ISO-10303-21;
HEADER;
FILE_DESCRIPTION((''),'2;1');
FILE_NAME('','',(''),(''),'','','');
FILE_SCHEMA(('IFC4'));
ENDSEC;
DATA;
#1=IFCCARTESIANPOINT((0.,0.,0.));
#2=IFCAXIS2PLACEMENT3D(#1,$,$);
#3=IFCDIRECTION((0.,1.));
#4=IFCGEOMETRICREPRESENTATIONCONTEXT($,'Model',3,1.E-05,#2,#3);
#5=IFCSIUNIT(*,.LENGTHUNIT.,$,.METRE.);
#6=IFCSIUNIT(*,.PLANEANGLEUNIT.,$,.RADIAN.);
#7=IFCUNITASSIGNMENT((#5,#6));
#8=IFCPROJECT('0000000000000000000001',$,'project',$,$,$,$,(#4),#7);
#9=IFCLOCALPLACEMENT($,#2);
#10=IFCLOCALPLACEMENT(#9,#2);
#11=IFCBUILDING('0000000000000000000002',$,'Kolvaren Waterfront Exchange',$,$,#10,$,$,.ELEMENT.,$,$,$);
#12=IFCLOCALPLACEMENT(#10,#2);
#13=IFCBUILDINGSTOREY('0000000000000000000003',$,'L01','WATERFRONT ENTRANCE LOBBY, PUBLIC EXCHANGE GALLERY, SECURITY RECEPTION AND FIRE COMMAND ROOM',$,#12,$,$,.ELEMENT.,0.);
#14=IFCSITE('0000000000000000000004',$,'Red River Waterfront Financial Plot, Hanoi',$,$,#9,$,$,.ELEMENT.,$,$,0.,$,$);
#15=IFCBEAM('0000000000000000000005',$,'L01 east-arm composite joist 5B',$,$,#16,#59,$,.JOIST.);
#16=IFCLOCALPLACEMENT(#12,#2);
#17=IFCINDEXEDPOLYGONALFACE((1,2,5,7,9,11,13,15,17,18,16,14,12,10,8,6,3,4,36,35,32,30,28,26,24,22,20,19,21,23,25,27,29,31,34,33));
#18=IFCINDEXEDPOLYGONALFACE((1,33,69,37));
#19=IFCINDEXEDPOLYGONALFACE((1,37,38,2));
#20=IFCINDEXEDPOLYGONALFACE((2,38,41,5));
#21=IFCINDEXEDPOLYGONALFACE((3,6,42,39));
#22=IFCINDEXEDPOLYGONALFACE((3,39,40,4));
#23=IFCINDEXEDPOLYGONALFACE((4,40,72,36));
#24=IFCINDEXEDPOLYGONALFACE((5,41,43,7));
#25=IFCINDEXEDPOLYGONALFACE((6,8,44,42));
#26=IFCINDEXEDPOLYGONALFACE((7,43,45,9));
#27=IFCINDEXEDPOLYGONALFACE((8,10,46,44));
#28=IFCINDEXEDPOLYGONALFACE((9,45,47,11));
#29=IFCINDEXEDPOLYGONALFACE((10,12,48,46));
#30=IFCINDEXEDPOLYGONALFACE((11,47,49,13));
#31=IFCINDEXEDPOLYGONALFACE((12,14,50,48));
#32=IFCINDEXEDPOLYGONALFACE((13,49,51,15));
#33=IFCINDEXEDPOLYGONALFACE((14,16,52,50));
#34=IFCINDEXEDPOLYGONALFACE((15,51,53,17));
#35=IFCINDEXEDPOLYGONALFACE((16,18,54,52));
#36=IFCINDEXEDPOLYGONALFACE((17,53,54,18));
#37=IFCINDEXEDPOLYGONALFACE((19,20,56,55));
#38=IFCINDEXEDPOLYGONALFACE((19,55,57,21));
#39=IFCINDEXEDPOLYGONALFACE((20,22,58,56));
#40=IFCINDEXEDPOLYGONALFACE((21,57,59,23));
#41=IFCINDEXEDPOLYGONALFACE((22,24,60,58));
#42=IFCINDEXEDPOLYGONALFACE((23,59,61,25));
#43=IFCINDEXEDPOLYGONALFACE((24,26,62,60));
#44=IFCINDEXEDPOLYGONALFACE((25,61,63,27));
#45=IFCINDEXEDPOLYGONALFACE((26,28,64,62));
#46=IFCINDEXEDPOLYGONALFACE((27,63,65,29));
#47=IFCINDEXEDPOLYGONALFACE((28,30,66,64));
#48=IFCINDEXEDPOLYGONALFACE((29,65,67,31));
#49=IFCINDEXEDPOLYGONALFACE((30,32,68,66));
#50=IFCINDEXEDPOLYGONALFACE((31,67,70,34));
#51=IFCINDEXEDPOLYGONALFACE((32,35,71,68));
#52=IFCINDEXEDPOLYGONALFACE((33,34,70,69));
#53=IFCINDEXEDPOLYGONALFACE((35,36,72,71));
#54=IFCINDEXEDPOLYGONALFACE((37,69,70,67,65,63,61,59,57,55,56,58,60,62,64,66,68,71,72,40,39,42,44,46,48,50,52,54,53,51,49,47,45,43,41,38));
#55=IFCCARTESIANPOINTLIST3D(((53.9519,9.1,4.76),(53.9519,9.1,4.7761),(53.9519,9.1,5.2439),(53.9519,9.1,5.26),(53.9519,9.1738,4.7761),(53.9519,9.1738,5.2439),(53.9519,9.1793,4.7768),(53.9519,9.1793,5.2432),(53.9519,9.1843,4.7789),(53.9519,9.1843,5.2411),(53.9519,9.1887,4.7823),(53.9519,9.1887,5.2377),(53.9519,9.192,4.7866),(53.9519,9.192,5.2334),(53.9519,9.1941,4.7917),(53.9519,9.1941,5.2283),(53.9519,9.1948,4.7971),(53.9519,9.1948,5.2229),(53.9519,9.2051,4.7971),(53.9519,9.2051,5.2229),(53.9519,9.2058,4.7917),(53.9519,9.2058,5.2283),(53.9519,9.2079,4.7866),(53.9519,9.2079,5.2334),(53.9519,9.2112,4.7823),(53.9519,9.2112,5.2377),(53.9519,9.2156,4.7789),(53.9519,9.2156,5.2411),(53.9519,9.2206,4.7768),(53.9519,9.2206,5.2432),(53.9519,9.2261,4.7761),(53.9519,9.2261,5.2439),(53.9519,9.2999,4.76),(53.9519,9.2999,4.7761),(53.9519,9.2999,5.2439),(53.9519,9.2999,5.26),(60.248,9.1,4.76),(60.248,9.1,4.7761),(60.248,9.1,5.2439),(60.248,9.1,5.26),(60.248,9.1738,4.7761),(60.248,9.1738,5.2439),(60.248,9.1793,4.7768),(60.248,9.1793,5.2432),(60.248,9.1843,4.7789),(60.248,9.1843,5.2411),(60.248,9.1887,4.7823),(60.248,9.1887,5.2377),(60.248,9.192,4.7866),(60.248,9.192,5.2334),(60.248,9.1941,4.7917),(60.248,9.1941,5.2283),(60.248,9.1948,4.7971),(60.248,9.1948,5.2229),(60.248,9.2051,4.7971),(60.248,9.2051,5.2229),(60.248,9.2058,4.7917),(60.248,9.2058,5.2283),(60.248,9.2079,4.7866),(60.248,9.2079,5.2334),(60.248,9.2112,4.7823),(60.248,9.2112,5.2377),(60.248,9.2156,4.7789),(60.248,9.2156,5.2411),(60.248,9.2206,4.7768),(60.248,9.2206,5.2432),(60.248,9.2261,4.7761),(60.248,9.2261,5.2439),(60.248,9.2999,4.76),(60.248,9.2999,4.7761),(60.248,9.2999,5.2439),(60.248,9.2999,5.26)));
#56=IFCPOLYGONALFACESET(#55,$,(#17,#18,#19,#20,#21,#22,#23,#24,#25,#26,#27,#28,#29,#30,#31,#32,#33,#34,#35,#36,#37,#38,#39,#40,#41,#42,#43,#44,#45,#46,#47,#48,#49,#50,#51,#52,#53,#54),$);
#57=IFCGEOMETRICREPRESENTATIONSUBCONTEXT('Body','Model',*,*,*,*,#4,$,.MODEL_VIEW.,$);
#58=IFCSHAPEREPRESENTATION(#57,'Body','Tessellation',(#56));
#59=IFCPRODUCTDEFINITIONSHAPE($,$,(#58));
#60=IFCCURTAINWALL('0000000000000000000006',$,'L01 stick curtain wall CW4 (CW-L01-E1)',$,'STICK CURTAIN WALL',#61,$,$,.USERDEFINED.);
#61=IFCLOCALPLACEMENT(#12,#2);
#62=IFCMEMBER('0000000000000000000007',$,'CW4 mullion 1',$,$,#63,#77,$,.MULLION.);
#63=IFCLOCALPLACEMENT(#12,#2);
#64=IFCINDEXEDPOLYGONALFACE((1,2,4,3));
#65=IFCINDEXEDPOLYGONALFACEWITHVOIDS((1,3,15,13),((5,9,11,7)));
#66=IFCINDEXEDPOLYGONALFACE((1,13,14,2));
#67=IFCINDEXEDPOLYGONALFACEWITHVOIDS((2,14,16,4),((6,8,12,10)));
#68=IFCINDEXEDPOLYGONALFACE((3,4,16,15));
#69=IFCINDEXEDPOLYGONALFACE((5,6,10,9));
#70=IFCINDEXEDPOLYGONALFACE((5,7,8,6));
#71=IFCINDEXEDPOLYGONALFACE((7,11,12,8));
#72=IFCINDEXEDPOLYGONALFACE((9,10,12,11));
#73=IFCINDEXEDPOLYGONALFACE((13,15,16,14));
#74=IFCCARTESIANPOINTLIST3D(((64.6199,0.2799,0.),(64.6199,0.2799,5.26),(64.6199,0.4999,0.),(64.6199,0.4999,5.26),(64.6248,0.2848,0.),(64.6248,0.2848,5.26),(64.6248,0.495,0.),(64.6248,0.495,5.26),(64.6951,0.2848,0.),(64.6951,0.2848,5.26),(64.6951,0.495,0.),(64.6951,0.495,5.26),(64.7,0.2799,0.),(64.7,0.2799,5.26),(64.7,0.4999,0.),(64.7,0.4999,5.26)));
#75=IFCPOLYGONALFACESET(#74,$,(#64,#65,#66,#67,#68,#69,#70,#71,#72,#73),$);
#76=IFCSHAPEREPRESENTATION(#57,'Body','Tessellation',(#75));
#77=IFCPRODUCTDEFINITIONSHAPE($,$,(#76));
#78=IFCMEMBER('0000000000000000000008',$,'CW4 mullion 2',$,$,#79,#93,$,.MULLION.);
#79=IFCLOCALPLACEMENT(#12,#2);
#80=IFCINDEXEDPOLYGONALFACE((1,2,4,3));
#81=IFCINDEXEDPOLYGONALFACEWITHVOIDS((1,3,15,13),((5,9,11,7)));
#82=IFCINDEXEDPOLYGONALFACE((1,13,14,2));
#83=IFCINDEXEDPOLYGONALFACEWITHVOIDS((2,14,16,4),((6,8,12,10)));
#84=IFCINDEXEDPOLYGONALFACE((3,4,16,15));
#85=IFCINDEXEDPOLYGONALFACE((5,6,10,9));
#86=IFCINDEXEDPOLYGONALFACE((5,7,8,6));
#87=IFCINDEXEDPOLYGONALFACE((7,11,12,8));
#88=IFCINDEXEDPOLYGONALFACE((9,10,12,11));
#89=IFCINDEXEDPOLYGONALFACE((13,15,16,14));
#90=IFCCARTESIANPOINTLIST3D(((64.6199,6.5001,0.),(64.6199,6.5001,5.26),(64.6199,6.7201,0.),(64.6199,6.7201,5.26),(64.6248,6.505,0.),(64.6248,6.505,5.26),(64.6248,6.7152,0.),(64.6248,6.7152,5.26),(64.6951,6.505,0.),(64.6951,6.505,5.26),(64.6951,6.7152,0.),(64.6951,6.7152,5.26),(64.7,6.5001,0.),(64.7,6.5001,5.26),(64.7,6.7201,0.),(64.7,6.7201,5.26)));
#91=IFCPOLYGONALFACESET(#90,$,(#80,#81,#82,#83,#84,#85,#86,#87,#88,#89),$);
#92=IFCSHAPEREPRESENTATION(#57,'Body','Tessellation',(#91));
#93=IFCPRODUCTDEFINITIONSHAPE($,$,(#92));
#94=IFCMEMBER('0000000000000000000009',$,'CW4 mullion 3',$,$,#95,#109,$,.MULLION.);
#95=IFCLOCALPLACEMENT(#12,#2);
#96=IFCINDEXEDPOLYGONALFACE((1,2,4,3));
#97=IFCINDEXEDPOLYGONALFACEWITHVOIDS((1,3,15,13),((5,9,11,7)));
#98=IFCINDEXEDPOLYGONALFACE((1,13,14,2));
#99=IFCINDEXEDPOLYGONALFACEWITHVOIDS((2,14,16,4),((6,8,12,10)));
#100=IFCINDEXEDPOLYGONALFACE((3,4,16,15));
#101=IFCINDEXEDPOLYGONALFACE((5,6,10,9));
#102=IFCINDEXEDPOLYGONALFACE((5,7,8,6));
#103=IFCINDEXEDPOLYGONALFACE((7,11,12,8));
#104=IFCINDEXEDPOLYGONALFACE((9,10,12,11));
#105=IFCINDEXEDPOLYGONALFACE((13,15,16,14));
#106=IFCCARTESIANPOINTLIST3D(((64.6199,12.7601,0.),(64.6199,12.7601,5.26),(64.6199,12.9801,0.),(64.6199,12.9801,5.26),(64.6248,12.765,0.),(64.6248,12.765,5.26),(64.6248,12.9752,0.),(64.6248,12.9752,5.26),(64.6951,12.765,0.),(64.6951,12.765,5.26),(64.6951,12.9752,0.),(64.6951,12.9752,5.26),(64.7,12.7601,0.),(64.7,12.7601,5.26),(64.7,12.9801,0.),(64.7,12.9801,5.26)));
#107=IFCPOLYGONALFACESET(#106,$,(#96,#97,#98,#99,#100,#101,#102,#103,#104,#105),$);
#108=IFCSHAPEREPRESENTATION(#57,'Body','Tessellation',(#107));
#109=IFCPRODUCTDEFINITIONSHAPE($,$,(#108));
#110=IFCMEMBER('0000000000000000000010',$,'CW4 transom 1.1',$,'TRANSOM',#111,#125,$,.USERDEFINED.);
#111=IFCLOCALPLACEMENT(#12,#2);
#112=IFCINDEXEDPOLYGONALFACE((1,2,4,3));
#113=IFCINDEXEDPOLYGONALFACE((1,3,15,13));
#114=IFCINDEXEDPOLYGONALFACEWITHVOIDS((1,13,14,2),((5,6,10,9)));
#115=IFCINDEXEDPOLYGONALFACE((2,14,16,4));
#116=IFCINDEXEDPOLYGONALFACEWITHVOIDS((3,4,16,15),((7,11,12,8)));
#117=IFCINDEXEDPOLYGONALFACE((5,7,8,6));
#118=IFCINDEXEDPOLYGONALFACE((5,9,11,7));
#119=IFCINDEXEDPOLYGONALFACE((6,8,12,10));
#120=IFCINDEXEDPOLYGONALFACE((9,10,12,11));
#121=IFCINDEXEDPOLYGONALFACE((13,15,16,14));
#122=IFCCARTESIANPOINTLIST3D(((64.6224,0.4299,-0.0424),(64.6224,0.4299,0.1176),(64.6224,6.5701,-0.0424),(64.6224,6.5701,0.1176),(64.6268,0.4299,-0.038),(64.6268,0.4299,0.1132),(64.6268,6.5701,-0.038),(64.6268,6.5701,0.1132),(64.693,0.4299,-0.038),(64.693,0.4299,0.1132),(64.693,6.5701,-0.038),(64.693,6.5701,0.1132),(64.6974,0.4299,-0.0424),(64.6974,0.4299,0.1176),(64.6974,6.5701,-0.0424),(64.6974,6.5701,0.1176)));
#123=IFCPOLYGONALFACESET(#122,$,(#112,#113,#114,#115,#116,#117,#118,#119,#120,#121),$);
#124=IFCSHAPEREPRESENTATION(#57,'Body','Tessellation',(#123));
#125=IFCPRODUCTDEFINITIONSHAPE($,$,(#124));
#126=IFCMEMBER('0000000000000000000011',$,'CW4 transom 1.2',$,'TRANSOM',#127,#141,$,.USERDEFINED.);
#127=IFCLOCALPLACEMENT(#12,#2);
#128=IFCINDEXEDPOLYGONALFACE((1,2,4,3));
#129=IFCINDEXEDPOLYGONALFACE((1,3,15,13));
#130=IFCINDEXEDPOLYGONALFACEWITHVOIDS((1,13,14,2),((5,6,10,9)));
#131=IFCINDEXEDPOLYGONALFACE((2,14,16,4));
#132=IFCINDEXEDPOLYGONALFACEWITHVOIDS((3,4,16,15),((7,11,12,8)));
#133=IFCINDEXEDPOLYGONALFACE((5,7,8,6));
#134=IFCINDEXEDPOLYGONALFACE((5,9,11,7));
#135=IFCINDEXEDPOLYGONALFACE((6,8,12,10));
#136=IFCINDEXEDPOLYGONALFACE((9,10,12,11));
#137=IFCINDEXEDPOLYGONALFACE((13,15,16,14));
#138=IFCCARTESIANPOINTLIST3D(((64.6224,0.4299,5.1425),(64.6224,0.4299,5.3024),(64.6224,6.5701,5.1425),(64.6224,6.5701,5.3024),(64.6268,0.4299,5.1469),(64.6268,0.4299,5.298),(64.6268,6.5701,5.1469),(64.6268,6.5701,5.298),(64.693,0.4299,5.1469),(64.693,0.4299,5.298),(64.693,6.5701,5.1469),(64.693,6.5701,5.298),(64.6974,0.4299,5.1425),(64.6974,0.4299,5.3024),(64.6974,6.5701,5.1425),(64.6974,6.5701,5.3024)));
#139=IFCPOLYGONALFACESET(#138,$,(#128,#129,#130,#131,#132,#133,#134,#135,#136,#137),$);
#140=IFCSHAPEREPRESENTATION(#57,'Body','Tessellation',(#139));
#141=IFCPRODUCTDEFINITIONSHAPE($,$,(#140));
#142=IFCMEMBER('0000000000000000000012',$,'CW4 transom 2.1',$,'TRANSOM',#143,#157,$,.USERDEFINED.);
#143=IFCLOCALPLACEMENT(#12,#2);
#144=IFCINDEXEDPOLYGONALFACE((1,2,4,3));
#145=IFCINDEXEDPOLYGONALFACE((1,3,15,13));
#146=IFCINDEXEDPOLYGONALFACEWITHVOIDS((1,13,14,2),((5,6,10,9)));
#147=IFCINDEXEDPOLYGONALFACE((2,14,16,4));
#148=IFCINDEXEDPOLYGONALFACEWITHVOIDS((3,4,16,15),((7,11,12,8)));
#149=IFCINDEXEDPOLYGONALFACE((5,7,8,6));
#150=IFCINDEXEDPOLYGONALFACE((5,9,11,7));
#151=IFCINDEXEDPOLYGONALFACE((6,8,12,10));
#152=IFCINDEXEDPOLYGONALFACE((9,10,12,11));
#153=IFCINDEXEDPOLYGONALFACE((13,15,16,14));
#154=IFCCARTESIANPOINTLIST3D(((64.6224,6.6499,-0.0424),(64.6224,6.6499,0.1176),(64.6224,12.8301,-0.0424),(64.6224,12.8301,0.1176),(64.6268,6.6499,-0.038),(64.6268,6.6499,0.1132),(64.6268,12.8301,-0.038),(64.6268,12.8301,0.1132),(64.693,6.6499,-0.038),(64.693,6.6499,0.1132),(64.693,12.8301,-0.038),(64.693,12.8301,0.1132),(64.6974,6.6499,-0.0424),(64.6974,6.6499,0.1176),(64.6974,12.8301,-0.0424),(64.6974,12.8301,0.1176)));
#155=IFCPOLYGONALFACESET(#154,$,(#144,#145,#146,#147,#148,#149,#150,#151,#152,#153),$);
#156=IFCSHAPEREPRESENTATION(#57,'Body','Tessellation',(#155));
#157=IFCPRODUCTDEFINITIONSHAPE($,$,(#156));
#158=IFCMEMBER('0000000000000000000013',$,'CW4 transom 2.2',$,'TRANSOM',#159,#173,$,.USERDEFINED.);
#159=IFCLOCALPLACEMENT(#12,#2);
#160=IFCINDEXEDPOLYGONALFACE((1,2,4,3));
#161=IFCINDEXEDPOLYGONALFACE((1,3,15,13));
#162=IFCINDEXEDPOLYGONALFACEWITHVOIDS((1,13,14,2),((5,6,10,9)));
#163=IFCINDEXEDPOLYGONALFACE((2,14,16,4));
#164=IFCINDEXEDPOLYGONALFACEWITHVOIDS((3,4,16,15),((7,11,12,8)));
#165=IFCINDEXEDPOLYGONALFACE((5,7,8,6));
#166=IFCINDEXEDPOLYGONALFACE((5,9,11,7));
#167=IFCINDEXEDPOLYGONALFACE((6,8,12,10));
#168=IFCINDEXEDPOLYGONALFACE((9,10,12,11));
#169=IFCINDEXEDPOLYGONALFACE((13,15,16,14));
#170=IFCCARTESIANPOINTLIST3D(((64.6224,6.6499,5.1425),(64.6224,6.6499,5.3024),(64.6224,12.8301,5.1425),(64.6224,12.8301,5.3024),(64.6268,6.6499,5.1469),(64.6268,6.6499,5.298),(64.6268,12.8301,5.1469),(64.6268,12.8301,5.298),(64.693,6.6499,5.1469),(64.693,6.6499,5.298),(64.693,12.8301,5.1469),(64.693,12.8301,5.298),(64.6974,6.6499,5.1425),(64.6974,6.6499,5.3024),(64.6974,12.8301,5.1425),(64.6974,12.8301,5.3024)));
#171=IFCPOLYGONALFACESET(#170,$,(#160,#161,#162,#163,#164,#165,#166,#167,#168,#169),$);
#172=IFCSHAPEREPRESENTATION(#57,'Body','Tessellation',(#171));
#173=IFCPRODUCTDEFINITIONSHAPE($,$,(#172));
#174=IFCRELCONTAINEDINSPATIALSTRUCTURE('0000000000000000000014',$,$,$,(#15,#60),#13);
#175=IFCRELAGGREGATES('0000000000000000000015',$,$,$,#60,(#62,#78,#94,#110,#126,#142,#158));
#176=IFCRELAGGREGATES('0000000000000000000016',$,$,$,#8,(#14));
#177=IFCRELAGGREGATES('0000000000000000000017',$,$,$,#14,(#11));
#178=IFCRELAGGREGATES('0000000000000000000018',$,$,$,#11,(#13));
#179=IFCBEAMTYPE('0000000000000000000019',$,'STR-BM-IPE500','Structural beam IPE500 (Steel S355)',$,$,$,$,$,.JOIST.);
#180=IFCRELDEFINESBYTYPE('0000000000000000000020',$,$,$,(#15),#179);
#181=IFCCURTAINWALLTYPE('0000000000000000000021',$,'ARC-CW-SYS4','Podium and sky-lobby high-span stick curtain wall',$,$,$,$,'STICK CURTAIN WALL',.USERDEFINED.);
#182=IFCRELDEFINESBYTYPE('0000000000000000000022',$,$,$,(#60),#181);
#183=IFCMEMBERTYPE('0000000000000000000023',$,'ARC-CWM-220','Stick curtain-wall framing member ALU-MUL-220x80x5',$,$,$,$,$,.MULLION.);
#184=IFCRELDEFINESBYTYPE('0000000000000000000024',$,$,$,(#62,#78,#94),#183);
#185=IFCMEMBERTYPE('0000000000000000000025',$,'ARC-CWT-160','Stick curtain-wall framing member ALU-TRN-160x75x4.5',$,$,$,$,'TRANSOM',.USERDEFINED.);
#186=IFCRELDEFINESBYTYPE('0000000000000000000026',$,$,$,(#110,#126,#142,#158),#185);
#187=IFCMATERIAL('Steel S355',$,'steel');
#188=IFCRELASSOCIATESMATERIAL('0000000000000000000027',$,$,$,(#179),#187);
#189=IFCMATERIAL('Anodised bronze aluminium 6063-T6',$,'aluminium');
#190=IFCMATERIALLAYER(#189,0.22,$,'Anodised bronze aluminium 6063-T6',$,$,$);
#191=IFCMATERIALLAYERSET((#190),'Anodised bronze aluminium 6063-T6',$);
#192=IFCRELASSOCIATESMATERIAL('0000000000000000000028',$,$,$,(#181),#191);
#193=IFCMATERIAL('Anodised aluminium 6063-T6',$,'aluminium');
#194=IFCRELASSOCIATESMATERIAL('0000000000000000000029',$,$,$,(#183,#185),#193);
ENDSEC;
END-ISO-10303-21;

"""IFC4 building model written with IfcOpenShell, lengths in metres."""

from ifc_helpers import new_model, si_unit, direction, frame, origin, origin_with_axes, origin_2d, place, context, subcontext, project, spatial, hollow_rectangle, i_section, extrude, source, transform, mapped, material, layer, layer_set, material_profile, profile_set, type_object, element, aggregate, save


model = new_model("IFC4")

# Units and contexts
model_context = context("Model", 3, precision=1e-05, world=origin(), true_north=direction((0.0, 1.0)))
body_context = subcontext(model_context, "Body", "Model", "MODEL_VIEW")
ifc_project = project(units=[si_unit("LENGTHUNIT", "METRE"), si_unit("PLANEANGLEUNIT", "RADIAN")], contexts=[model_context])

# Site, building, storey
site_placement = place(None, origin())
site = spatial("IfcSite", under=ifc_project, at=site_placement, Name="Red River Waterfront Financial Plot, Hanoi", CompositionType="ELEMENT", RefElevation=0.0)
building_placement = place(site_placement, origin())
building = spatial("IfcBuilding", under=site, at=building_placement, Name="Kolvaren Waterfront Exchange", CompositionType="ELEMENT")
storey_placement = place(building_placement, origin())
storey = spatial("IfcBuildingStorey", under=building, at=storey_placement, Name="L01", Description="WATERFRONT ENTRANCE LOBBY, PUBLIC EXCHANGE GALLERY, SECURITY RECEPTION AND FIRE COMMAND ROOM", CompositionType="ELEMENT", Elevation=0.0)

# Beam
ifc_material_1 = material(Name="Steel S355", Category="steel")
ifc_material_profile_1 = material_profile(ifc_material_1, i_section(OverallWidth=0.2, OverallDepth=0.5, WebThickness=0.0103, FlangeThickness=0.0161, FilletRadius=0.021, at=origin_2d()), Name="IPE500")
ifc_profile_set_1 = profile_set([ifc_material_profile_1], Name="Steel S355")
beam_type_1 = type_object("IfcBeamType", Name="STR-BM-IPE500", Description="Structural beam IPE500 (Steel S355)", PredefinedType="JOIST", material=ifc_profile_set_1)
for number, where, z_axis, x_axis, name in (
    (1, (53.9519, 9.2, 5.01), (1.0, 0.0, 0.0), (0.0, 1.0, 0.0), "L01 east-arm composite joist 5B"),
):
    element("IfcBeam", number, at=place(storey_placement, frame(where, z_axis=z_axis, x_axis=x_axis)), inside=storey, type_object=beam_type_1, Name=name, PredefinedType="JOIST", context=body_context, shape_type="SweptSolid", body=[
        extrude(i_section(OverallWidth=0.2, OverallDepth=0.5, WebThickness=0.0103, FlangeThickness=0.0161, FilletRadius=0.021, at=origin_2d()), origin(), (0.0, 0.0, 1.0), 6.2961),
    ])

# Curtain wall, members
ifc_material_2 = material(Name="Anodised bronze aluminium 6063-T6", Category="aluminium")
ifc_layer_1 = layer(ifc_material_2, 0.22, Name="Anodised bronze aluminium 6063-T6")
ifc_layer_set_1 = layer_set([ifc_layer_1], Name="Anodised bronze aluminium 6063-T6")
curtain_wall_type = type_object("IfcCurtainWallType", Name="ARC-CW-SYS4", Description="Podium and sky-lobby high-span stick curtain wall", ElementType="STICK CURTAIN WALL", PredefinedType="USERDEFINED", material=ifc_layer_set_1)
curtain_wall_placement = place(storey_placement, origin())
curtain_wall = element("IfcCurtainWall", 2, at=curtain_wall_placement, inside=storey, type_object=curtain_wall_type, Name="L01 stick curtain wall CW4 (CW-L01-E1)", ObjectType="STICK CURTAIN WALL", PredefinedType="USERDEFINED")
ifc_material_3 = material(Name="Anodised aluminium 6063-T6", Category="aluminium")
ifc_material_profile_2 = material_profile(ifc_material_3, hollow_rectangle(XDim=0.0801, YDim=0.22, WallThickness=0.0049, at=origin_2d()), Name="ALU-MUL-220x80x5")
ifc_profile_set_2 = profile_set([ifc_material_profile_2], Name="Anodised aluminium 6063-T6")
member_type_1 = type_object("IfcMemberType", Name="ARC-CWM-220", Description="Stick curtain-wall framing member ALU-MUL-220x80x5", PredefinedType="MULLION", material=ifc_profile_set_2)
shared_shape_1 = source(origin_with_axes(), body_context, "Body", "SweptSolid", [
    extrude(hollow_rectangle(XDim=0.0801, YDim=0.22, WallThickness=0.0049, at=origin_2d()), origin(), (0.0, 0.0, 1.0), 5.26),
])
member_1_placement = place(storey_placement, frame((64.6599, 0.3899, 0.0), z_axis=(0.0, 0.0, 1.0), x_axis=(-1.0, 0.0, 0.0)))
member_1 = element("IfcMember", 3, at=member_1_placement, type_object=member_type_1, Name="CW4 mullion 1", PredefinedType="MULLION", context=body_context, shape_type="MappedRepresentation", body=[
    mapped(shared_shape_1, transform((0.0, 0.0, 0.0), x_axis=(1.0, 0.0, 0.0), y_axis=(0.0, 1.0, 0.0), z_axis=(0.0, 0.0, 1.0), scale=1.0)),
])
member_2_placement = place(storey_placement, frame((64.6599, 6.6101, 0.0), z_axis=(0.0, 0.0, 1.0), x_axis=(-1.0, 0.0, 0.0)))
member_2 = element("IfcMember", 4, at=member_2_placement, type_object=member_type_1, Name="CW4 mullion 2", PredefinedType="MULLION", context=body_context, shape_type="MappedRepresentation", body=[
    mapped(shared_shape_1, transform((0.0, 0.0, 0.0), x_axis=(1.0, 0.0, 0.0), y_axis=(0.0, 1.0, 0.0), z_axis=(0.0, 0.0, 1.0), scale=1.0)),
])
member_3_placement = place(storey_placement, frame((64.6599, 12.8701, 0.0), z_axis=(0.0, 0.0, 1.0), x_axis=(-1.0, 0.0, 0.0)))
member_3 = element("IfcMember", 5, at=member_3_placement, type_object=member_type_1, Name="CW4 mullion 3", PredefinedType="MULLION", context=body_context, shape_type="MappedRepresentation", body=[
    mapped(shared_shape_1, transform((0.0, 0.0, 0.0), x_axis=(1.0, 0.0, 0.0), y_axis=(0.0, 1.0, 0.0), z_axis=(0.0, 0.0, 1.0), scale=1.0)),
])
ifc_material_profile_3 = material_profile(ifc_material_3, hollow_rectangle(XDim=0.075, YDim=0.1599, WallThickness=0.0044, at=origin_2d()), Name="ALU-TRN-160x75x4.5")
ifc_profile_set_3 = profile_set([ifc_material_profile_3], Name="Anodised aluminium 6063-T6")
member_type_2 = type_object("IfcMemberType", Name="ARC-CWT-160", Description="Stick curtain-wall framing member ALU-TRN-160x75x4.5", ElementType="TRANSOM", PredefinedType="USERDEFINED", material=ifc_profile_set_3)
shared_shape_2 = source(origin_with_axes(), body_context, "Body", "SweptSolid", [
    extrude(hollow_rectangle(XDim=0.075, YDim=0.1599, WallThickness=0.0044, at=origin_2d()), origin(), (0.0, 0.0, 1.0), 6.1401),
])
member_4_placement = place(storey_placement, frame((64.6599, 0.4299, 0.0376), z_axis=(0.0, 1.0, 0.0), x_axis=(-1.0, 0.0, 0.0)))
member_4 = element("IfcMember", 6, at=member_4_placement, type_object=member_type_2, Name="CW4 transom 1.1", ObjectType="TRANSOM", PredefinedType="USERDEFINED", context=body_context, shape_type="MappedRepresentation", body=[
    mapped(shared_shape_2, transform((0.0, 0.0, 0.0), x_axis=(1.0, 0.0, 0.0), y_axis=(0.0, 1.0, 0.0), z_axis=(0.0, 0.0, 1.0), scale=1.0)),
])
member_5_placement = place(storey_placement, frame((64.6599, 0.4299, 5.2224), z_axis=(0.0, 1.0, 0.0), x_axis=(-1.0, 0.0, 0.0)))
member_5 = element("IfcMember", 7, at=member_5_placement, type_object=member_type_2, Name="CW4 transom 1.2", ObjectType="TRANSOM", PredefinedType="USERDEFINED", context=body_context, shape_type="MappedRepresentation", body=[
    mapped(shared_shape_2, transform((0.0, 0.0, 0.0), x_axis=(1.0, 0.0, 0.0), y_axis=(0.0, 1.0, 0.0), z_axis=(0.0, 0.0, 1.0), scale=1.0)),
])
shared_shape_3 = source(origin_with_axes(), body_context, "Body", "SweptSolid", [
    extrude(hollow_rectangle(XDim=0.075, YDim=0.1599, WallThickness=0.0044, at=origin_2d()), origin(), (0.0, 0.0, 1.0), 6.1802),
])
member_6_placement = place(storey_placement, frame((64.6599, 6.6499, 0.0376), z_axis=(0.0, 1.0, 0.0), x_axis=(-1.0, 0.0, 0.0)))
member_6 = element("IfcMember", 8, at=member_6_placement, type_object=member_type_2, Name="CW4 transom 2.1", ObjectType="TRANSOM", PredefinedType="USERDEFINED", context=body_context, shape_type="MappedRepresentation", body=[
    mapped(shared_shape_3, transform((0.0, 0.0, 0.0), x_axis=(1.0, 0.0, 0.0), y_axis=(0.0, 1.0, 0.0), z_axis=(0.0, 0.0, 1.0), scale=1.0)),
])
member_7_placement = place(storey_placement, frame((64.6599, 6.6499, 5.2224), z_axis=(0.0, 1.0, 0.0), x_axis=(-1.0, 0.0, 0.0)))
member_7 = element("IfcMember", 9, at=member_7_placement, type_object=member_type_2, Name="CW4 transom 2.2", ObjectType="TRANSOM", PredefinedType="USERDEFINED", context=body_context, shape_type="MappedRepresentation", body=[
    mapped(shared_shape_3, transform((0.0, 0.0, 0.0), x_axis=(1.0, 0.0, 0.0), y_axis=(0.0, 1.0, 0.0), z_axis=(0.0, 0.0, 1.0), scale=1.0)),
])
aggregate(curtain_wall, [member_1, member_2, member_3, member_4, member_5, member_6, member_7])

save(model, "model.ifc")
